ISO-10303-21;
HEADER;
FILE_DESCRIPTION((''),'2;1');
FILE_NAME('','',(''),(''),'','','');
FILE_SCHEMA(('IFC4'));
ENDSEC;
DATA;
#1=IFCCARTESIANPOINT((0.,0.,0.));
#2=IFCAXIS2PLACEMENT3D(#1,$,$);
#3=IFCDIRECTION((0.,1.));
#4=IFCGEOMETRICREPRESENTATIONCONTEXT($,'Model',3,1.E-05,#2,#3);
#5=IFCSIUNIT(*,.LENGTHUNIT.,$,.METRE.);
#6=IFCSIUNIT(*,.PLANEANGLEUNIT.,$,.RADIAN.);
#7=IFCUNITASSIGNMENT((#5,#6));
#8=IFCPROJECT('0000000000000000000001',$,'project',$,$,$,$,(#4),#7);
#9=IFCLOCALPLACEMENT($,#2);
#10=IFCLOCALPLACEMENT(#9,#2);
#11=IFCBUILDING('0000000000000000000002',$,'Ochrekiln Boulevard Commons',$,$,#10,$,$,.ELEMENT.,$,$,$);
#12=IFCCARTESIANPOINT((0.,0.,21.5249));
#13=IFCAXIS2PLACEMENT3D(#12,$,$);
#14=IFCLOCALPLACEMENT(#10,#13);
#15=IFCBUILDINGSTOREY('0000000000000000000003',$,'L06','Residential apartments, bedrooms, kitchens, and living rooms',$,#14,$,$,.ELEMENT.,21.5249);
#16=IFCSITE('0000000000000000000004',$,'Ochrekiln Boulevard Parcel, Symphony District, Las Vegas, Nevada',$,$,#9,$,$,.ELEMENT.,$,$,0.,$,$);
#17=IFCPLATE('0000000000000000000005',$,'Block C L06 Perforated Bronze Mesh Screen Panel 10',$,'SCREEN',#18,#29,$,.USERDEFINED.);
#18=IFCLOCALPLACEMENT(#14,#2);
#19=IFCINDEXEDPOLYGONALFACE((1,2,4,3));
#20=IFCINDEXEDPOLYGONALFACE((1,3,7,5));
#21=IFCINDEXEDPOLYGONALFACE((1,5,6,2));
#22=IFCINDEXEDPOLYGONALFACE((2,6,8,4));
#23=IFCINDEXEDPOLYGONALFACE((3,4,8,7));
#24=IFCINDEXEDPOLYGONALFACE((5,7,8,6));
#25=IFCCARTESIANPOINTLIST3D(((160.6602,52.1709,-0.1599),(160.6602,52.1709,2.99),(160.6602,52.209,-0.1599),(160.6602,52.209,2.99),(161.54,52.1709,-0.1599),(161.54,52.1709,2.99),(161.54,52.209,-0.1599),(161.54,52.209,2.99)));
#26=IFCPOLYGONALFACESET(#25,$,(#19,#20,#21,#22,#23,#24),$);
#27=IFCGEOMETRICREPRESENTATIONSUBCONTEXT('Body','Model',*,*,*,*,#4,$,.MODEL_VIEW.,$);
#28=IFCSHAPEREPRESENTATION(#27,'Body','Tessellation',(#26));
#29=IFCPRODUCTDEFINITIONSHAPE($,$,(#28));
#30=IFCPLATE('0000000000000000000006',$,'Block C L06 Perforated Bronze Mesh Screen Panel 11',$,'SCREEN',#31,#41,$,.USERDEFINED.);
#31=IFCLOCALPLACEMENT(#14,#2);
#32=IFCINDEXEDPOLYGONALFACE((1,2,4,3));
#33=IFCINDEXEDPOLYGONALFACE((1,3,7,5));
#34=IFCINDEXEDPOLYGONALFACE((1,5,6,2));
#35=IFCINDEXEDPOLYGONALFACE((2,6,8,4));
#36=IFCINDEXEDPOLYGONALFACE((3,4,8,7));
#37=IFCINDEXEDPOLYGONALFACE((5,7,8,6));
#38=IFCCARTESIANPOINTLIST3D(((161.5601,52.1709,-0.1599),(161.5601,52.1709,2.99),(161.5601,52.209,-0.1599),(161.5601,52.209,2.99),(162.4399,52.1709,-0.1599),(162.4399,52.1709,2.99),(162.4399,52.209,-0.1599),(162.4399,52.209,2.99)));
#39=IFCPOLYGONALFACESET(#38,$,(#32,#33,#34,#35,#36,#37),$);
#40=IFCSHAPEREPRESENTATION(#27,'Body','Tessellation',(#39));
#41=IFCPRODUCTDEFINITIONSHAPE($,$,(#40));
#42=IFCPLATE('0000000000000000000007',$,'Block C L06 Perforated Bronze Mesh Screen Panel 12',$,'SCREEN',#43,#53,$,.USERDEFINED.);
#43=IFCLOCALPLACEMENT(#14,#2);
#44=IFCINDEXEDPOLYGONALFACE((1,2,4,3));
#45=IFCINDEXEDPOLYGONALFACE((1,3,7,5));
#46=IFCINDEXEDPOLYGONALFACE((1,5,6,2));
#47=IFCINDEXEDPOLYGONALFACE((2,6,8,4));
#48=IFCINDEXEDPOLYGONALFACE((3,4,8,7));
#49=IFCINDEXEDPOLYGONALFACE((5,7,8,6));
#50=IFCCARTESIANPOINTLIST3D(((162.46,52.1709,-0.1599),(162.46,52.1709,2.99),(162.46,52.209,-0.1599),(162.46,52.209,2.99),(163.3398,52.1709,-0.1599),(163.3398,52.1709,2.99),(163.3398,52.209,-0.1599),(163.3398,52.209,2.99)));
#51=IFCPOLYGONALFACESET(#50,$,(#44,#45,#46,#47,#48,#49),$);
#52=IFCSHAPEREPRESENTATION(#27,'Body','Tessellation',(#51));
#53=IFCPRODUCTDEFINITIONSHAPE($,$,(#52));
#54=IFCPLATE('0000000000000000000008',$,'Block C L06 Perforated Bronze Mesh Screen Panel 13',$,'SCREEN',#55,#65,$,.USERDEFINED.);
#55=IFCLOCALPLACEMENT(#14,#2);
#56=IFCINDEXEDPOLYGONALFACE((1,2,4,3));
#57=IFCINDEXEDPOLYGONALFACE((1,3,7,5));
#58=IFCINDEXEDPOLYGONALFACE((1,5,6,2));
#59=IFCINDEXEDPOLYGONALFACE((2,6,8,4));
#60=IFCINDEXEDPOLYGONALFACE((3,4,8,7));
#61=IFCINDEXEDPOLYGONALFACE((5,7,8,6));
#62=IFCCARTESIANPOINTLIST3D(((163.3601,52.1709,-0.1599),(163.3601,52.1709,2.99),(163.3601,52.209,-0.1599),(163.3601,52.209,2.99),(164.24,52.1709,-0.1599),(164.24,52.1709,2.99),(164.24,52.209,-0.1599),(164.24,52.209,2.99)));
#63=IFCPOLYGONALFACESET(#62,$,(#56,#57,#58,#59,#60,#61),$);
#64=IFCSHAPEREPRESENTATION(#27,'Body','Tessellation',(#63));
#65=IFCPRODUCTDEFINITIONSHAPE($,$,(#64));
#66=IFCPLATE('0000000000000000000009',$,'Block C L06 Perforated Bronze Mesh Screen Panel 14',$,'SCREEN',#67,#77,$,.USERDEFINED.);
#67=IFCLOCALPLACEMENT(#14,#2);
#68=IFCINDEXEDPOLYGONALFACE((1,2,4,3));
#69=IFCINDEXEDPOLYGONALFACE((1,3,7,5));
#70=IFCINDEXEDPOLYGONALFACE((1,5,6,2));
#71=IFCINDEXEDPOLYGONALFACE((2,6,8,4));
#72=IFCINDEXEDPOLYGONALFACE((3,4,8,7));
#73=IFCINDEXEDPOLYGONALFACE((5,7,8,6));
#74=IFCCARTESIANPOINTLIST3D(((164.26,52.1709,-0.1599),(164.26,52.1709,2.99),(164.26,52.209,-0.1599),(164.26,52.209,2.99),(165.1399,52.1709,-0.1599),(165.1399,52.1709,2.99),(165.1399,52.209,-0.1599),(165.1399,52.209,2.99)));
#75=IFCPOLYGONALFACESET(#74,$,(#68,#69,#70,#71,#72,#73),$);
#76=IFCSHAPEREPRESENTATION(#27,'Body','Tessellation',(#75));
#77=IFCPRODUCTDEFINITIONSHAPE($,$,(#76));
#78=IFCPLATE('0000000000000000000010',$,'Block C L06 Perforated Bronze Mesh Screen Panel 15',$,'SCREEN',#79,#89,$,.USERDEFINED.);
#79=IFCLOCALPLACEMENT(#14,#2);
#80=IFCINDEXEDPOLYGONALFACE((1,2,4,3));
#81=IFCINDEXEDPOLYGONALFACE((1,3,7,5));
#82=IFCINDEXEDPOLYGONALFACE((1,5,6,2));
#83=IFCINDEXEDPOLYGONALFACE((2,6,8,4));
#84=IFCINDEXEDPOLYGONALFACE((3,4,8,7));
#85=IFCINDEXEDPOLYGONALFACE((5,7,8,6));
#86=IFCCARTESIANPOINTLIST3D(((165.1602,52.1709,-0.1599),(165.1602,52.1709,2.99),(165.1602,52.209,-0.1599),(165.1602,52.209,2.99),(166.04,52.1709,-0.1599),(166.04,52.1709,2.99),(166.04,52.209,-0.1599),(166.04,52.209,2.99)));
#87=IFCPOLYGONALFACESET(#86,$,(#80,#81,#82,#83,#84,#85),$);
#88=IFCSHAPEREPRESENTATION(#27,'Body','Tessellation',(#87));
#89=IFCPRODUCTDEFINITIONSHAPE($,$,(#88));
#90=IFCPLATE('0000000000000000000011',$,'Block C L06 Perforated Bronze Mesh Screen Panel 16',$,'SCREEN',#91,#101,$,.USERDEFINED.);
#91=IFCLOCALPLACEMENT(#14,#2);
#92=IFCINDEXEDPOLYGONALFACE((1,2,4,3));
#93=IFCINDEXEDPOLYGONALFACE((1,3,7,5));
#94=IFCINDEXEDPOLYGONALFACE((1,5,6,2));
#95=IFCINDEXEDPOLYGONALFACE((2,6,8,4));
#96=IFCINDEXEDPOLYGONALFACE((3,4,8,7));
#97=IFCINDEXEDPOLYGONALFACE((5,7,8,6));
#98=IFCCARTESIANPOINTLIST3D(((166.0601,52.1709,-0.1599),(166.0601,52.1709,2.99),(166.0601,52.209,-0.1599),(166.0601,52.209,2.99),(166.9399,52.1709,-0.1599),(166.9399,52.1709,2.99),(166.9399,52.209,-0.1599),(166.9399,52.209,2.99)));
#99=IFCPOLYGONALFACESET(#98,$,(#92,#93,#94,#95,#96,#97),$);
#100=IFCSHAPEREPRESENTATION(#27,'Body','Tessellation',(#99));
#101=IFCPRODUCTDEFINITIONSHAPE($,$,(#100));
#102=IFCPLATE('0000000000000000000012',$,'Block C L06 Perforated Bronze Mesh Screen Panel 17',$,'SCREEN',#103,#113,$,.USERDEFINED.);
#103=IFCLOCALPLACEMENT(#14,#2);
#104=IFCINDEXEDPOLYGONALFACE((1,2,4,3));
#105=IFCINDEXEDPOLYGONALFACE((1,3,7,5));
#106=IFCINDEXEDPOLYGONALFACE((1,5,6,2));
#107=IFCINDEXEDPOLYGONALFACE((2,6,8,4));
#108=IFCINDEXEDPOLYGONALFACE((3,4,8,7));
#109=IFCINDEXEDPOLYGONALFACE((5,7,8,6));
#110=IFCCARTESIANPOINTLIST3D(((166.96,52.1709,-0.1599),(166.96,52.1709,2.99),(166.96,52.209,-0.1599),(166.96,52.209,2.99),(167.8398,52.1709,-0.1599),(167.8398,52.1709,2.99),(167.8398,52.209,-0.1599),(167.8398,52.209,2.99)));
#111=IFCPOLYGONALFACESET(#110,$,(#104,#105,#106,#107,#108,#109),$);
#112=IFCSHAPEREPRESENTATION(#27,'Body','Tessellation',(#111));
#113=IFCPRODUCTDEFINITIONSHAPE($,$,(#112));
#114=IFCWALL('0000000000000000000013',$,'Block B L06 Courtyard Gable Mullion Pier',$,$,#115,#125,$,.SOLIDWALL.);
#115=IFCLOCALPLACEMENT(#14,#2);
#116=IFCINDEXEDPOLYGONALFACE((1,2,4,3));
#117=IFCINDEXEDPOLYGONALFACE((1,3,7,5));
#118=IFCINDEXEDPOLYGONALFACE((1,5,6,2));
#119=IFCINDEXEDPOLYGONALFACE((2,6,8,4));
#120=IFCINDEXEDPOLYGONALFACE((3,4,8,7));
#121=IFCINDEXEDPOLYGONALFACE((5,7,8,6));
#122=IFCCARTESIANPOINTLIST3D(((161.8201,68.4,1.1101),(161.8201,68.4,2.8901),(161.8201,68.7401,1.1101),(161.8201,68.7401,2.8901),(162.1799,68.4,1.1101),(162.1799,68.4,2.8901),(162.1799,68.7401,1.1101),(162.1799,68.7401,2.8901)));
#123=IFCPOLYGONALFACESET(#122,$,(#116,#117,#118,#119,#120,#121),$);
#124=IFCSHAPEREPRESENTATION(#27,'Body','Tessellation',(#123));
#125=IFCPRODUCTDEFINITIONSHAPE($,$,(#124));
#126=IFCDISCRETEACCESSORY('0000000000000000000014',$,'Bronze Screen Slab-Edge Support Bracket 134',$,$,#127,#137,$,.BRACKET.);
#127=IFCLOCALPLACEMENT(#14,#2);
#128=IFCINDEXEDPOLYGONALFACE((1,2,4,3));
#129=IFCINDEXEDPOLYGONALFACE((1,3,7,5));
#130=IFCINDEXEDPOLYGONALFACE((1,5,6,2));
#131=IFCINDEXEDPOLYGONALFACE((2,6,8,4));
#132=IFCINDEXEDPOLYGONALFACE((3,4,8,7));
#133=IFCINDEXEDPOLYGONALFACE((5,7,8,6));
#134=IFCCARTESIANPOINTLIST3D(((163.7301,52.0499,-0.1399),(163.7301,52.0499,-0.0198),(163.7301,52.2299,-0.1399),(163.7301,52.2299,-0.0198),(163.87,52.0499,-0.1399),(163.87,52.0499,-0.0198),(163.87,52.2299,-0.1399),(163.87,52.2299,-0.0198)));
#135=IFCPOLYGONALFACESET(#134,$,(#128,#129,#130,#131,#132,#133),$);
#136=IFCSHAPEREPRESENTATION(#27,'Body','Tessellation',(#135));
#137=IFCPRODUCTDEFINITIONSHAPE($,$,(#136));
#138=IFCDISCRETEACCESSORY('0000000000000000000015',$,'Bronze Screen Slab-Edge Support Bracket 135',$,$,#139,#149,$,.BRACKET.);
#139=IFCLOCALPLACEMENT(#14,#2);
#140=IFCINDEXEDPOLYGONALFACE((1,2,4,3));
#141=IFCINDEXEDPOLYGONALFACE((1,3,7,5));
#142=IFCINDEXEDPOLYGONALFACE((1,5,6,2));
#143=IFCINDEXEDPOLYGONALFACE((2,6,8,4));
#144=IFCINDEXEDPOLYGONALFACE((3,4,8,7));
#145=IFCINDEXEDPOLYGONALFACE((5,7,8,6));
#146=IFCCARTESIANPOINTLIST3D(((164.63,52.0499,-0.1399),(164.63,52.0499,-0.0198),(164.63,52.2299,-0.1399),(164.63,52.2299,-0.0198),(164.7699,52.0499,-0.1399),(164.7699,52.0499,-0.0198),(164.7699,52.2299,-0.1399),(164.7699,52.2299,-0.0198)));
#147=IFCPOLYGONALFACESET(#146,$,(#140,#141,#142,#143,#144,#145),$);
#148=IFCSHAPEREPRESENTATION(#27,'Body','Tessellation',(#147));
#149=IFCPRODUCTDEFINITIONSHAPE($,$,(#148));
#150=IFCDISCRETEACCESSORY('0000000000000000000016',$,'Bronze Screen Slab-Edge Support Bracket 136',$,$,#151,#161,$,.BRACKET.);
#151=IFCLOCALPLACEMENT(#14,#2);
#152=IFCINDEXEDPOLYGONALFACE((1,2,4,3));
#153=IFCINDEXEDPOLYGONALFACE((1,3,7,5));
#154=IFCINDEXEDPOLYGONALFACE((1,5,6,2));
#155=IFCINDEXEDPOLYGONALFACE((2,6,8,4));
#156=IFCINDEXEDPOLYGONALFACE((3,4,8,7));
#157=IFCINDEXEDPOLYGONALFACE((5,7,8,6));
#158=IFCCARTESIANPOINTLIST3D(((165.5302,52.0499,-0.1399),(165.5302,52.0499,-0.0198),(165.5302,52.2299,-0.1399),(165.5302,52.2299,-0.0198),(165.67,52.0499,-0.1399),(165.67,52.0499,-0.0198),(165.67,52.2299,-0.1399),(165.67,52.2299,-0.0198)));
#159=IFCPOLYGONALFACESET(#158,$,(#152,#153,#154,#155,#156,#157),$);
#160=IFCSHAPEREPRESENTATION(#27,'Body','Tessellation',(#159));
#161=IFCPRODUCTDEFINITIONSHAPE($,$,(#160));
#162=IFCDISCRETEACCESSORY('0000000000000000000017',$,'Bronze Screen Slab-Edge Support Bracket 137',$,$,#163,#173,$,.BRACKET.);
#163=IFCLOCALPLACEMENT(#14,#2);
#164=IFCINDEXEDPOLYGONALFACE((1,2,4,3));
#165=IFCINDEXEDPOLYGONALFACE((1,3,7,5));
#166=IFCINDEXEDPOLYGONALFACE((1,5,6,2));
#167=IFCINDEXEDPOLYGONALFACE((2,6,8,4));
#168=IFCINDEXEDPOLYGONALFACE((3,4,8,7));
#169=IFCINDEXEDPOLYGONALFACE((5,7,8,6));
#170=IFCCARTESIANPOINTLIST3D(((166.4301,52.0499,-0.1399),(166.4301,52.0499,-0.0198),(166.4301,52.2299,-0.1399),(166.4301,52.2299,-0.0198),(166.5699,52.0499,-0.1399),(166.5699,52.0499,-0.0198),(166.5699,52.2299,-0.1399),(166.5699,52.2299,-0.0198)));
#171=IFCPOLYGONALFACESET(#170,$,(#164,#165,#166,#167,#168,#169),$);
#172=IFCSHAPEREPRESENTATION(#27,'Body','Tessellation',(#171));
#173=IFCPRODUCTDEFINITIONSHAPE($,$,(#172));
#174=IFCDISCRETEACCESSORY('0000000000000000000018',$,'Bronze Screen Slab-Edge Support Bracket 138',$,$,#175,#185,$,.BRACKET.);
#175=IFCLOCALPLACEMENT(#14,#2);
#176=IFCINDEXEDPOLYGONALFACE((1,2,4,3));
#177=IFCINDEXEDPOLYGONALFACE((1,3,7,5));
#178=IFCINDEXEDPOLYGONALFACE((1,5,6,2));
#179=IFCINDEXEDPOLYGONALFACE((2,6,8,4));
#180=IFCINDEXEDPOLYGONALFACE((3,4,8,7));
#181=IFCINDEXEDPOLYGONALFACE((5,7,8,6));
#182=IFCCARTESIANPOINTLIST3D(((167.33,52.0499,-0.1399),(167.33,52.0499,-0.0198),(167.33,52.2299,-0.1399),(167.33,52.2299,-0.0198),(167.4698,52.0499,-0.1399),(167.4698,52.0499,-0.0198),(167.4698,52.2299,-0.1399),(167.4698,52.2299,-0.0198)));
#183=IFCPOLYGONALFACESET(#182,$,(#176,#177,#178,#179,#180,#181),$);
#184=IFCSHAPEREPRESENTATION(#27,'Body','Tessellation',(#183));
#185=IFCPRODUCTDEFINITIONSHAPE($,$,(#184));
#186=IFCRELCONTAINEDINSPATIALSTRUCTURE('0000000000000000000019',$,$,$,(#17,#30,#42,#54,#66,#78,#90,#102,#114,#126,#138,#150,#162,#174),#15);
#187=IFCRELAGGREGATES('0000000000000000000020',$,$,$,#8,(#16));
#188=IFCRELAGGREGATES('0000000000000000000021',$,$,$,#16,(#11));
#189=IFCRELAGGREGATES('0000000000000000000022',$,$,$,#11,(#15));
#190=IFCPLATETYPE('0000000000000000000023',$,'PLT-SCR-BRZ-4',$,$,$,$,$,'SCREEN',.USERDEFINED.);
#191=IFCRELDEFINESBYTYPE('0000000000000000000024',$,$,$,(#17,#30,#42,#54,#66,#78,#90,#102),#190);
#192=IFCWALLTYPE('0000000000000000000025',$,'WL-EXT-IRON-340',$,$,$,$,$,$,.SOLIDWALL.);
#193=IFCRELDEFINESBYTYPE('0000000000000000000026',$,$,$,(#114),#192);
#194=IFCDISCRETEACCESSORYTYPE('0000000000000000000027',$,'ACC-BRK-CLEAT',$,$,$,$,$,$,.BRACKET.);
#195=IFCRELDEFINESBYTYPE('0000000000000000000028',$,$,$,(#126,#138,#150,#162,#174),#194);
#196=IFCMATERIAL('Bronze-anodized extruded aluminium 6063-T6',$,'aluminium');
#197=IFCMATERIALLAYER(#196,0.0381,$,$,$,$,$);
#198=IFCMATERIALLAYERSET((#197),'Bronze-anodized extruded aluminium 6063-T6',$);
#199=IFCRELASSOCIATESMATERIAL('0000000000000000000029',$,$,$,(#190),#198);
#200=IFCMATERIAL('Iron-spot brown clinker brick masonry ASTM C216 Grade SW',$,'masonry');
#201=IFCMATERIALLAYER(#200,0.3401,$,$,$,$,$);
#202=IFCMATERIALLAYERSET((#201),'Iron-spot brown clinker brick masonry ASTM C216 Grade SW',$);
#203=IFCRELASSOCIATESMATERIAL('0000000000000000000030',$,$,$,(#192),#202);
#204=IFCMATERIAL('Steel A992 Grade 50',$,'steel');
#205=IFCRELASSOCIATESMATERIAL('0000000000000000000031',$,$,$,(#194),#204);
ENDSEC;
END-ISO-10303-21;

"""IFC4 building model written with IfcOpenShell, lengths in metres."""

from ifc_helpers import new_model, si_unit, direction, frame, frame_2d, origin, origin_2d, place, context, subcontext, project, spatial, rectangle, extrude, material, layer, layer_set, type_object, element, save


model = new_model("IFC4")

# Units and contexts
model_context = context("Model", 3, precision=1e-05, world=origin(), true_north=direction((0.0, 1.0)))
body_context = subcontext(model_context, "Body", "Model", "MODEL_VIEW")
ifc_project = project(units=[si_unit("LENGTHUNIT", "METRE"), si_unit("PLANEANGLEUNIT", "RADIAN")], contexts=[model_context])

# Site, building, storey
site_placement = place(None, origin())
site = spatial("IfcSite", under=ifc_project, at=site_placement, Name="Ochrekiln Boulevard Parcel, Symphony District, Las Vegas, Nevada", CompositionType="ELEMENT", RefElevation=0.0)
building_placement = place(site_placement, origin())
building = spatial("IfcBuilding", under=site, at=building_placement, Name="Ochrekiln Boulevard Commons", CompositionType="ELEMENT")
storey_placement = place(building_placement, frame((0.0, 0.0, 21.5249)))
storey = spatial("IfcBuildingStorey", under=building, at=storey_placement, Name="L06", Description="Residential apartments, bedrooms, kitchens, and living rooms", CompositionType="ELEMENT", Elevation=21.5249)

# Shared definitions
ifc_material_1 = material(Name="Bronze-anodized extruded aluminium 6063-T6", Category="aluminium")

# Plates
ifc_layer_1 = layer(ifc_material_1, 0.0381)
ifc_layer_set_1 = layer_set([ifc_layer_1], Name="Bronze-anodized extruded aluminium 6063-T6")
plate_type_1 = type_object("IfcPlateType", Name="PLT-SCR-BRZ-4", ElementType="SCREEN", PredefinedType="USERDEFINED", material=ifc_layer_set_1)
for number, where, z_axis, x_axis, name in (
    (1, (161.1001, 52.1899, -0.1599), (0.0, 0.0, 1.0), (1.0, 0.0, 0.0), "Block C L06 Perforated Bronze Mesh Screen Panel 10"),
    (2, (162.0, 52.1899, -0.1599), (0.0, 0.0, 1.0), (1.0, 0.0, 0.0), "Block C L06 Perforated Bronze Mesh Screen Panel 11"),
    (3, (162.8999, 52.1899, -0.1599), (0.0, 0.0, 1.0), (1.0, 0.0, 0.0), "Block C L06 Perforated Bronze Mesh Screen Panel 12"),
    (4, (163.8, 52.1899, -0.1599), (0.0, 0.0, 1.0), (1.0, 0.0, 0.0), "Block C L06 Perforated Bronze Mesh Screen Panel 13"),
    (5, (164.7, 52.1899, -0.1599), (0.0, 0.0, 1.0), (1.0, 0.0, 0.0), "Block C L06 Perforated Bronze Mesh Screen Panel 14"),
    (6, (165.6001, 52.1899, -0.1599), (0.0, 0.0, 1.0), (1.0, 0.0, 0.0), "Block C L06 Perforated Bronze Mesh Screen Panel 15"),
    (7, (166.5, 52.1899, -0.1599), (0.0, 0.0, 1.0), (1.0, 0.0, 0.0), "Block C L06 Perforated Bronze Mesh Screen Panel 16"),
    (8, (167.3999, 52.1899, -0.1599), (0.0, 0.0, 1.0), (1.0, 0.0, 0.0), "Block C L06 Perforated Bronze Mesh Screen Panel 17"),
):
    element("IfcPlate", number, at=place(storey_placement, frame(where, z_axis=z_axis, x_axis=x_axis)), inside=storey, type_object=plate_type_1, Name=name, ObjectType="SCREEN", PredefinedType="USERDEFINED", context=body_context, shape_type="SweptSolid", body=[
        extrude(rectangle(XDim=0.8799, YDim=0.0381, at=origin_2d()), origin(), (0.0, 0.0, 1.0), 3.1499),
    ])

# Wall
ifc_material_2 = material(Name="Iron-spot brown clinker brick masonry ASTM C216 Grade SW", Category="masonry")
ifc_layer_2 = layer(ifc_material_2, 0.3401)
ifc_layer_set_2 = layer_set([ifc_layer_2], Name="Iron-spot brown clinker brick masonry ASTM C216 Grade SW")
wall_type = type_object("IfcWallType", Name="WL-EXT-IRON-340", PredefinedType="SOLIDWALL", material=ifc_layer_set_2)
wall_placement = place(storey_placement, frame((161.8201, 68.5701, 1.1101), z_axis=(0.0, 0.0, 1.0), x_axis=(1.0, 0.0, 0.0)))
element("IfcWall", 9, at=wall_placement, inside=storey, type_object=wall_type, Name="Block B L06 Courtyard Gable Mullion Pier", PredefinedType="SOLIDWALL", context=body_context, shape_type="SweptSolid", body=[
    extrude(rectangle(XDim=0.3599, YDim=0.3401, at=frame_2d((0.1799, 0.0))), origin(), (0.0, 0.0, 1.0), 1.78),
])

# Discrete accessories
ifc_material_3 = material(Name="Steel A992 Grade 50", Category="steel")
discrete_accessory_type = type_object("IfcDiscreteAccessoryType", Name="ACC-BRK-CLEAT", PredefinedType="BRACKET", material=ifc_material_3)
for number, where, z_axis, x_axis, name in (
    (10, (163.8, 52.1399, -0.1399), (0.0, 0.0, 1.0), (1.0, 0.0, 0.0), "Bronze Screen Slab-Edge Support Bracket 134"),
    (11, (164.7, 52.1399, -0.1399), (0.0, 0.0, 1.0), (1.0, 0.0, 0.0), "Bronze Screen Slab-Edge Support Bracket 135"),
    (12, (165.6001, 52.1399, -0.1399), (0.0, 0.0, 1.0), (1.0, 0.0, 0.0), "Bronze Screen Slab-Edge Support Bracket 136"),
    (13, (166.5, 52.1399, -0.1399), (0.0, 0.0, 1.0), (1.0, 0.0, 0.0), "Bronze Screen Slab-Edge Support Bracket 137"),
    (14, (167.3999, 52.1399, -0.1399), (0.0, 0.0, 1.0), (1.0, 0.0, 0.0), "Bronze Screen Slab-Edge Support Bracket 138"),
):
    element("IfcDiscreteAccessory", number, at=place(storey_placement, frame(where, z_axis=z_axis, x_axis=x_axis)), inside=storey, type_object=discrete_accessory_type, Name=name, PredefinedType="BRACKET", context=body_context, shape_type="SweptSolid", body=[
        extrude(rectangle(XDim=0.1399, YDim=0.1799, at=origin_2d()), origin(), (0.0, 0.0, 1.0), 0.1201),
    ])

save(model, "model.ifc")
